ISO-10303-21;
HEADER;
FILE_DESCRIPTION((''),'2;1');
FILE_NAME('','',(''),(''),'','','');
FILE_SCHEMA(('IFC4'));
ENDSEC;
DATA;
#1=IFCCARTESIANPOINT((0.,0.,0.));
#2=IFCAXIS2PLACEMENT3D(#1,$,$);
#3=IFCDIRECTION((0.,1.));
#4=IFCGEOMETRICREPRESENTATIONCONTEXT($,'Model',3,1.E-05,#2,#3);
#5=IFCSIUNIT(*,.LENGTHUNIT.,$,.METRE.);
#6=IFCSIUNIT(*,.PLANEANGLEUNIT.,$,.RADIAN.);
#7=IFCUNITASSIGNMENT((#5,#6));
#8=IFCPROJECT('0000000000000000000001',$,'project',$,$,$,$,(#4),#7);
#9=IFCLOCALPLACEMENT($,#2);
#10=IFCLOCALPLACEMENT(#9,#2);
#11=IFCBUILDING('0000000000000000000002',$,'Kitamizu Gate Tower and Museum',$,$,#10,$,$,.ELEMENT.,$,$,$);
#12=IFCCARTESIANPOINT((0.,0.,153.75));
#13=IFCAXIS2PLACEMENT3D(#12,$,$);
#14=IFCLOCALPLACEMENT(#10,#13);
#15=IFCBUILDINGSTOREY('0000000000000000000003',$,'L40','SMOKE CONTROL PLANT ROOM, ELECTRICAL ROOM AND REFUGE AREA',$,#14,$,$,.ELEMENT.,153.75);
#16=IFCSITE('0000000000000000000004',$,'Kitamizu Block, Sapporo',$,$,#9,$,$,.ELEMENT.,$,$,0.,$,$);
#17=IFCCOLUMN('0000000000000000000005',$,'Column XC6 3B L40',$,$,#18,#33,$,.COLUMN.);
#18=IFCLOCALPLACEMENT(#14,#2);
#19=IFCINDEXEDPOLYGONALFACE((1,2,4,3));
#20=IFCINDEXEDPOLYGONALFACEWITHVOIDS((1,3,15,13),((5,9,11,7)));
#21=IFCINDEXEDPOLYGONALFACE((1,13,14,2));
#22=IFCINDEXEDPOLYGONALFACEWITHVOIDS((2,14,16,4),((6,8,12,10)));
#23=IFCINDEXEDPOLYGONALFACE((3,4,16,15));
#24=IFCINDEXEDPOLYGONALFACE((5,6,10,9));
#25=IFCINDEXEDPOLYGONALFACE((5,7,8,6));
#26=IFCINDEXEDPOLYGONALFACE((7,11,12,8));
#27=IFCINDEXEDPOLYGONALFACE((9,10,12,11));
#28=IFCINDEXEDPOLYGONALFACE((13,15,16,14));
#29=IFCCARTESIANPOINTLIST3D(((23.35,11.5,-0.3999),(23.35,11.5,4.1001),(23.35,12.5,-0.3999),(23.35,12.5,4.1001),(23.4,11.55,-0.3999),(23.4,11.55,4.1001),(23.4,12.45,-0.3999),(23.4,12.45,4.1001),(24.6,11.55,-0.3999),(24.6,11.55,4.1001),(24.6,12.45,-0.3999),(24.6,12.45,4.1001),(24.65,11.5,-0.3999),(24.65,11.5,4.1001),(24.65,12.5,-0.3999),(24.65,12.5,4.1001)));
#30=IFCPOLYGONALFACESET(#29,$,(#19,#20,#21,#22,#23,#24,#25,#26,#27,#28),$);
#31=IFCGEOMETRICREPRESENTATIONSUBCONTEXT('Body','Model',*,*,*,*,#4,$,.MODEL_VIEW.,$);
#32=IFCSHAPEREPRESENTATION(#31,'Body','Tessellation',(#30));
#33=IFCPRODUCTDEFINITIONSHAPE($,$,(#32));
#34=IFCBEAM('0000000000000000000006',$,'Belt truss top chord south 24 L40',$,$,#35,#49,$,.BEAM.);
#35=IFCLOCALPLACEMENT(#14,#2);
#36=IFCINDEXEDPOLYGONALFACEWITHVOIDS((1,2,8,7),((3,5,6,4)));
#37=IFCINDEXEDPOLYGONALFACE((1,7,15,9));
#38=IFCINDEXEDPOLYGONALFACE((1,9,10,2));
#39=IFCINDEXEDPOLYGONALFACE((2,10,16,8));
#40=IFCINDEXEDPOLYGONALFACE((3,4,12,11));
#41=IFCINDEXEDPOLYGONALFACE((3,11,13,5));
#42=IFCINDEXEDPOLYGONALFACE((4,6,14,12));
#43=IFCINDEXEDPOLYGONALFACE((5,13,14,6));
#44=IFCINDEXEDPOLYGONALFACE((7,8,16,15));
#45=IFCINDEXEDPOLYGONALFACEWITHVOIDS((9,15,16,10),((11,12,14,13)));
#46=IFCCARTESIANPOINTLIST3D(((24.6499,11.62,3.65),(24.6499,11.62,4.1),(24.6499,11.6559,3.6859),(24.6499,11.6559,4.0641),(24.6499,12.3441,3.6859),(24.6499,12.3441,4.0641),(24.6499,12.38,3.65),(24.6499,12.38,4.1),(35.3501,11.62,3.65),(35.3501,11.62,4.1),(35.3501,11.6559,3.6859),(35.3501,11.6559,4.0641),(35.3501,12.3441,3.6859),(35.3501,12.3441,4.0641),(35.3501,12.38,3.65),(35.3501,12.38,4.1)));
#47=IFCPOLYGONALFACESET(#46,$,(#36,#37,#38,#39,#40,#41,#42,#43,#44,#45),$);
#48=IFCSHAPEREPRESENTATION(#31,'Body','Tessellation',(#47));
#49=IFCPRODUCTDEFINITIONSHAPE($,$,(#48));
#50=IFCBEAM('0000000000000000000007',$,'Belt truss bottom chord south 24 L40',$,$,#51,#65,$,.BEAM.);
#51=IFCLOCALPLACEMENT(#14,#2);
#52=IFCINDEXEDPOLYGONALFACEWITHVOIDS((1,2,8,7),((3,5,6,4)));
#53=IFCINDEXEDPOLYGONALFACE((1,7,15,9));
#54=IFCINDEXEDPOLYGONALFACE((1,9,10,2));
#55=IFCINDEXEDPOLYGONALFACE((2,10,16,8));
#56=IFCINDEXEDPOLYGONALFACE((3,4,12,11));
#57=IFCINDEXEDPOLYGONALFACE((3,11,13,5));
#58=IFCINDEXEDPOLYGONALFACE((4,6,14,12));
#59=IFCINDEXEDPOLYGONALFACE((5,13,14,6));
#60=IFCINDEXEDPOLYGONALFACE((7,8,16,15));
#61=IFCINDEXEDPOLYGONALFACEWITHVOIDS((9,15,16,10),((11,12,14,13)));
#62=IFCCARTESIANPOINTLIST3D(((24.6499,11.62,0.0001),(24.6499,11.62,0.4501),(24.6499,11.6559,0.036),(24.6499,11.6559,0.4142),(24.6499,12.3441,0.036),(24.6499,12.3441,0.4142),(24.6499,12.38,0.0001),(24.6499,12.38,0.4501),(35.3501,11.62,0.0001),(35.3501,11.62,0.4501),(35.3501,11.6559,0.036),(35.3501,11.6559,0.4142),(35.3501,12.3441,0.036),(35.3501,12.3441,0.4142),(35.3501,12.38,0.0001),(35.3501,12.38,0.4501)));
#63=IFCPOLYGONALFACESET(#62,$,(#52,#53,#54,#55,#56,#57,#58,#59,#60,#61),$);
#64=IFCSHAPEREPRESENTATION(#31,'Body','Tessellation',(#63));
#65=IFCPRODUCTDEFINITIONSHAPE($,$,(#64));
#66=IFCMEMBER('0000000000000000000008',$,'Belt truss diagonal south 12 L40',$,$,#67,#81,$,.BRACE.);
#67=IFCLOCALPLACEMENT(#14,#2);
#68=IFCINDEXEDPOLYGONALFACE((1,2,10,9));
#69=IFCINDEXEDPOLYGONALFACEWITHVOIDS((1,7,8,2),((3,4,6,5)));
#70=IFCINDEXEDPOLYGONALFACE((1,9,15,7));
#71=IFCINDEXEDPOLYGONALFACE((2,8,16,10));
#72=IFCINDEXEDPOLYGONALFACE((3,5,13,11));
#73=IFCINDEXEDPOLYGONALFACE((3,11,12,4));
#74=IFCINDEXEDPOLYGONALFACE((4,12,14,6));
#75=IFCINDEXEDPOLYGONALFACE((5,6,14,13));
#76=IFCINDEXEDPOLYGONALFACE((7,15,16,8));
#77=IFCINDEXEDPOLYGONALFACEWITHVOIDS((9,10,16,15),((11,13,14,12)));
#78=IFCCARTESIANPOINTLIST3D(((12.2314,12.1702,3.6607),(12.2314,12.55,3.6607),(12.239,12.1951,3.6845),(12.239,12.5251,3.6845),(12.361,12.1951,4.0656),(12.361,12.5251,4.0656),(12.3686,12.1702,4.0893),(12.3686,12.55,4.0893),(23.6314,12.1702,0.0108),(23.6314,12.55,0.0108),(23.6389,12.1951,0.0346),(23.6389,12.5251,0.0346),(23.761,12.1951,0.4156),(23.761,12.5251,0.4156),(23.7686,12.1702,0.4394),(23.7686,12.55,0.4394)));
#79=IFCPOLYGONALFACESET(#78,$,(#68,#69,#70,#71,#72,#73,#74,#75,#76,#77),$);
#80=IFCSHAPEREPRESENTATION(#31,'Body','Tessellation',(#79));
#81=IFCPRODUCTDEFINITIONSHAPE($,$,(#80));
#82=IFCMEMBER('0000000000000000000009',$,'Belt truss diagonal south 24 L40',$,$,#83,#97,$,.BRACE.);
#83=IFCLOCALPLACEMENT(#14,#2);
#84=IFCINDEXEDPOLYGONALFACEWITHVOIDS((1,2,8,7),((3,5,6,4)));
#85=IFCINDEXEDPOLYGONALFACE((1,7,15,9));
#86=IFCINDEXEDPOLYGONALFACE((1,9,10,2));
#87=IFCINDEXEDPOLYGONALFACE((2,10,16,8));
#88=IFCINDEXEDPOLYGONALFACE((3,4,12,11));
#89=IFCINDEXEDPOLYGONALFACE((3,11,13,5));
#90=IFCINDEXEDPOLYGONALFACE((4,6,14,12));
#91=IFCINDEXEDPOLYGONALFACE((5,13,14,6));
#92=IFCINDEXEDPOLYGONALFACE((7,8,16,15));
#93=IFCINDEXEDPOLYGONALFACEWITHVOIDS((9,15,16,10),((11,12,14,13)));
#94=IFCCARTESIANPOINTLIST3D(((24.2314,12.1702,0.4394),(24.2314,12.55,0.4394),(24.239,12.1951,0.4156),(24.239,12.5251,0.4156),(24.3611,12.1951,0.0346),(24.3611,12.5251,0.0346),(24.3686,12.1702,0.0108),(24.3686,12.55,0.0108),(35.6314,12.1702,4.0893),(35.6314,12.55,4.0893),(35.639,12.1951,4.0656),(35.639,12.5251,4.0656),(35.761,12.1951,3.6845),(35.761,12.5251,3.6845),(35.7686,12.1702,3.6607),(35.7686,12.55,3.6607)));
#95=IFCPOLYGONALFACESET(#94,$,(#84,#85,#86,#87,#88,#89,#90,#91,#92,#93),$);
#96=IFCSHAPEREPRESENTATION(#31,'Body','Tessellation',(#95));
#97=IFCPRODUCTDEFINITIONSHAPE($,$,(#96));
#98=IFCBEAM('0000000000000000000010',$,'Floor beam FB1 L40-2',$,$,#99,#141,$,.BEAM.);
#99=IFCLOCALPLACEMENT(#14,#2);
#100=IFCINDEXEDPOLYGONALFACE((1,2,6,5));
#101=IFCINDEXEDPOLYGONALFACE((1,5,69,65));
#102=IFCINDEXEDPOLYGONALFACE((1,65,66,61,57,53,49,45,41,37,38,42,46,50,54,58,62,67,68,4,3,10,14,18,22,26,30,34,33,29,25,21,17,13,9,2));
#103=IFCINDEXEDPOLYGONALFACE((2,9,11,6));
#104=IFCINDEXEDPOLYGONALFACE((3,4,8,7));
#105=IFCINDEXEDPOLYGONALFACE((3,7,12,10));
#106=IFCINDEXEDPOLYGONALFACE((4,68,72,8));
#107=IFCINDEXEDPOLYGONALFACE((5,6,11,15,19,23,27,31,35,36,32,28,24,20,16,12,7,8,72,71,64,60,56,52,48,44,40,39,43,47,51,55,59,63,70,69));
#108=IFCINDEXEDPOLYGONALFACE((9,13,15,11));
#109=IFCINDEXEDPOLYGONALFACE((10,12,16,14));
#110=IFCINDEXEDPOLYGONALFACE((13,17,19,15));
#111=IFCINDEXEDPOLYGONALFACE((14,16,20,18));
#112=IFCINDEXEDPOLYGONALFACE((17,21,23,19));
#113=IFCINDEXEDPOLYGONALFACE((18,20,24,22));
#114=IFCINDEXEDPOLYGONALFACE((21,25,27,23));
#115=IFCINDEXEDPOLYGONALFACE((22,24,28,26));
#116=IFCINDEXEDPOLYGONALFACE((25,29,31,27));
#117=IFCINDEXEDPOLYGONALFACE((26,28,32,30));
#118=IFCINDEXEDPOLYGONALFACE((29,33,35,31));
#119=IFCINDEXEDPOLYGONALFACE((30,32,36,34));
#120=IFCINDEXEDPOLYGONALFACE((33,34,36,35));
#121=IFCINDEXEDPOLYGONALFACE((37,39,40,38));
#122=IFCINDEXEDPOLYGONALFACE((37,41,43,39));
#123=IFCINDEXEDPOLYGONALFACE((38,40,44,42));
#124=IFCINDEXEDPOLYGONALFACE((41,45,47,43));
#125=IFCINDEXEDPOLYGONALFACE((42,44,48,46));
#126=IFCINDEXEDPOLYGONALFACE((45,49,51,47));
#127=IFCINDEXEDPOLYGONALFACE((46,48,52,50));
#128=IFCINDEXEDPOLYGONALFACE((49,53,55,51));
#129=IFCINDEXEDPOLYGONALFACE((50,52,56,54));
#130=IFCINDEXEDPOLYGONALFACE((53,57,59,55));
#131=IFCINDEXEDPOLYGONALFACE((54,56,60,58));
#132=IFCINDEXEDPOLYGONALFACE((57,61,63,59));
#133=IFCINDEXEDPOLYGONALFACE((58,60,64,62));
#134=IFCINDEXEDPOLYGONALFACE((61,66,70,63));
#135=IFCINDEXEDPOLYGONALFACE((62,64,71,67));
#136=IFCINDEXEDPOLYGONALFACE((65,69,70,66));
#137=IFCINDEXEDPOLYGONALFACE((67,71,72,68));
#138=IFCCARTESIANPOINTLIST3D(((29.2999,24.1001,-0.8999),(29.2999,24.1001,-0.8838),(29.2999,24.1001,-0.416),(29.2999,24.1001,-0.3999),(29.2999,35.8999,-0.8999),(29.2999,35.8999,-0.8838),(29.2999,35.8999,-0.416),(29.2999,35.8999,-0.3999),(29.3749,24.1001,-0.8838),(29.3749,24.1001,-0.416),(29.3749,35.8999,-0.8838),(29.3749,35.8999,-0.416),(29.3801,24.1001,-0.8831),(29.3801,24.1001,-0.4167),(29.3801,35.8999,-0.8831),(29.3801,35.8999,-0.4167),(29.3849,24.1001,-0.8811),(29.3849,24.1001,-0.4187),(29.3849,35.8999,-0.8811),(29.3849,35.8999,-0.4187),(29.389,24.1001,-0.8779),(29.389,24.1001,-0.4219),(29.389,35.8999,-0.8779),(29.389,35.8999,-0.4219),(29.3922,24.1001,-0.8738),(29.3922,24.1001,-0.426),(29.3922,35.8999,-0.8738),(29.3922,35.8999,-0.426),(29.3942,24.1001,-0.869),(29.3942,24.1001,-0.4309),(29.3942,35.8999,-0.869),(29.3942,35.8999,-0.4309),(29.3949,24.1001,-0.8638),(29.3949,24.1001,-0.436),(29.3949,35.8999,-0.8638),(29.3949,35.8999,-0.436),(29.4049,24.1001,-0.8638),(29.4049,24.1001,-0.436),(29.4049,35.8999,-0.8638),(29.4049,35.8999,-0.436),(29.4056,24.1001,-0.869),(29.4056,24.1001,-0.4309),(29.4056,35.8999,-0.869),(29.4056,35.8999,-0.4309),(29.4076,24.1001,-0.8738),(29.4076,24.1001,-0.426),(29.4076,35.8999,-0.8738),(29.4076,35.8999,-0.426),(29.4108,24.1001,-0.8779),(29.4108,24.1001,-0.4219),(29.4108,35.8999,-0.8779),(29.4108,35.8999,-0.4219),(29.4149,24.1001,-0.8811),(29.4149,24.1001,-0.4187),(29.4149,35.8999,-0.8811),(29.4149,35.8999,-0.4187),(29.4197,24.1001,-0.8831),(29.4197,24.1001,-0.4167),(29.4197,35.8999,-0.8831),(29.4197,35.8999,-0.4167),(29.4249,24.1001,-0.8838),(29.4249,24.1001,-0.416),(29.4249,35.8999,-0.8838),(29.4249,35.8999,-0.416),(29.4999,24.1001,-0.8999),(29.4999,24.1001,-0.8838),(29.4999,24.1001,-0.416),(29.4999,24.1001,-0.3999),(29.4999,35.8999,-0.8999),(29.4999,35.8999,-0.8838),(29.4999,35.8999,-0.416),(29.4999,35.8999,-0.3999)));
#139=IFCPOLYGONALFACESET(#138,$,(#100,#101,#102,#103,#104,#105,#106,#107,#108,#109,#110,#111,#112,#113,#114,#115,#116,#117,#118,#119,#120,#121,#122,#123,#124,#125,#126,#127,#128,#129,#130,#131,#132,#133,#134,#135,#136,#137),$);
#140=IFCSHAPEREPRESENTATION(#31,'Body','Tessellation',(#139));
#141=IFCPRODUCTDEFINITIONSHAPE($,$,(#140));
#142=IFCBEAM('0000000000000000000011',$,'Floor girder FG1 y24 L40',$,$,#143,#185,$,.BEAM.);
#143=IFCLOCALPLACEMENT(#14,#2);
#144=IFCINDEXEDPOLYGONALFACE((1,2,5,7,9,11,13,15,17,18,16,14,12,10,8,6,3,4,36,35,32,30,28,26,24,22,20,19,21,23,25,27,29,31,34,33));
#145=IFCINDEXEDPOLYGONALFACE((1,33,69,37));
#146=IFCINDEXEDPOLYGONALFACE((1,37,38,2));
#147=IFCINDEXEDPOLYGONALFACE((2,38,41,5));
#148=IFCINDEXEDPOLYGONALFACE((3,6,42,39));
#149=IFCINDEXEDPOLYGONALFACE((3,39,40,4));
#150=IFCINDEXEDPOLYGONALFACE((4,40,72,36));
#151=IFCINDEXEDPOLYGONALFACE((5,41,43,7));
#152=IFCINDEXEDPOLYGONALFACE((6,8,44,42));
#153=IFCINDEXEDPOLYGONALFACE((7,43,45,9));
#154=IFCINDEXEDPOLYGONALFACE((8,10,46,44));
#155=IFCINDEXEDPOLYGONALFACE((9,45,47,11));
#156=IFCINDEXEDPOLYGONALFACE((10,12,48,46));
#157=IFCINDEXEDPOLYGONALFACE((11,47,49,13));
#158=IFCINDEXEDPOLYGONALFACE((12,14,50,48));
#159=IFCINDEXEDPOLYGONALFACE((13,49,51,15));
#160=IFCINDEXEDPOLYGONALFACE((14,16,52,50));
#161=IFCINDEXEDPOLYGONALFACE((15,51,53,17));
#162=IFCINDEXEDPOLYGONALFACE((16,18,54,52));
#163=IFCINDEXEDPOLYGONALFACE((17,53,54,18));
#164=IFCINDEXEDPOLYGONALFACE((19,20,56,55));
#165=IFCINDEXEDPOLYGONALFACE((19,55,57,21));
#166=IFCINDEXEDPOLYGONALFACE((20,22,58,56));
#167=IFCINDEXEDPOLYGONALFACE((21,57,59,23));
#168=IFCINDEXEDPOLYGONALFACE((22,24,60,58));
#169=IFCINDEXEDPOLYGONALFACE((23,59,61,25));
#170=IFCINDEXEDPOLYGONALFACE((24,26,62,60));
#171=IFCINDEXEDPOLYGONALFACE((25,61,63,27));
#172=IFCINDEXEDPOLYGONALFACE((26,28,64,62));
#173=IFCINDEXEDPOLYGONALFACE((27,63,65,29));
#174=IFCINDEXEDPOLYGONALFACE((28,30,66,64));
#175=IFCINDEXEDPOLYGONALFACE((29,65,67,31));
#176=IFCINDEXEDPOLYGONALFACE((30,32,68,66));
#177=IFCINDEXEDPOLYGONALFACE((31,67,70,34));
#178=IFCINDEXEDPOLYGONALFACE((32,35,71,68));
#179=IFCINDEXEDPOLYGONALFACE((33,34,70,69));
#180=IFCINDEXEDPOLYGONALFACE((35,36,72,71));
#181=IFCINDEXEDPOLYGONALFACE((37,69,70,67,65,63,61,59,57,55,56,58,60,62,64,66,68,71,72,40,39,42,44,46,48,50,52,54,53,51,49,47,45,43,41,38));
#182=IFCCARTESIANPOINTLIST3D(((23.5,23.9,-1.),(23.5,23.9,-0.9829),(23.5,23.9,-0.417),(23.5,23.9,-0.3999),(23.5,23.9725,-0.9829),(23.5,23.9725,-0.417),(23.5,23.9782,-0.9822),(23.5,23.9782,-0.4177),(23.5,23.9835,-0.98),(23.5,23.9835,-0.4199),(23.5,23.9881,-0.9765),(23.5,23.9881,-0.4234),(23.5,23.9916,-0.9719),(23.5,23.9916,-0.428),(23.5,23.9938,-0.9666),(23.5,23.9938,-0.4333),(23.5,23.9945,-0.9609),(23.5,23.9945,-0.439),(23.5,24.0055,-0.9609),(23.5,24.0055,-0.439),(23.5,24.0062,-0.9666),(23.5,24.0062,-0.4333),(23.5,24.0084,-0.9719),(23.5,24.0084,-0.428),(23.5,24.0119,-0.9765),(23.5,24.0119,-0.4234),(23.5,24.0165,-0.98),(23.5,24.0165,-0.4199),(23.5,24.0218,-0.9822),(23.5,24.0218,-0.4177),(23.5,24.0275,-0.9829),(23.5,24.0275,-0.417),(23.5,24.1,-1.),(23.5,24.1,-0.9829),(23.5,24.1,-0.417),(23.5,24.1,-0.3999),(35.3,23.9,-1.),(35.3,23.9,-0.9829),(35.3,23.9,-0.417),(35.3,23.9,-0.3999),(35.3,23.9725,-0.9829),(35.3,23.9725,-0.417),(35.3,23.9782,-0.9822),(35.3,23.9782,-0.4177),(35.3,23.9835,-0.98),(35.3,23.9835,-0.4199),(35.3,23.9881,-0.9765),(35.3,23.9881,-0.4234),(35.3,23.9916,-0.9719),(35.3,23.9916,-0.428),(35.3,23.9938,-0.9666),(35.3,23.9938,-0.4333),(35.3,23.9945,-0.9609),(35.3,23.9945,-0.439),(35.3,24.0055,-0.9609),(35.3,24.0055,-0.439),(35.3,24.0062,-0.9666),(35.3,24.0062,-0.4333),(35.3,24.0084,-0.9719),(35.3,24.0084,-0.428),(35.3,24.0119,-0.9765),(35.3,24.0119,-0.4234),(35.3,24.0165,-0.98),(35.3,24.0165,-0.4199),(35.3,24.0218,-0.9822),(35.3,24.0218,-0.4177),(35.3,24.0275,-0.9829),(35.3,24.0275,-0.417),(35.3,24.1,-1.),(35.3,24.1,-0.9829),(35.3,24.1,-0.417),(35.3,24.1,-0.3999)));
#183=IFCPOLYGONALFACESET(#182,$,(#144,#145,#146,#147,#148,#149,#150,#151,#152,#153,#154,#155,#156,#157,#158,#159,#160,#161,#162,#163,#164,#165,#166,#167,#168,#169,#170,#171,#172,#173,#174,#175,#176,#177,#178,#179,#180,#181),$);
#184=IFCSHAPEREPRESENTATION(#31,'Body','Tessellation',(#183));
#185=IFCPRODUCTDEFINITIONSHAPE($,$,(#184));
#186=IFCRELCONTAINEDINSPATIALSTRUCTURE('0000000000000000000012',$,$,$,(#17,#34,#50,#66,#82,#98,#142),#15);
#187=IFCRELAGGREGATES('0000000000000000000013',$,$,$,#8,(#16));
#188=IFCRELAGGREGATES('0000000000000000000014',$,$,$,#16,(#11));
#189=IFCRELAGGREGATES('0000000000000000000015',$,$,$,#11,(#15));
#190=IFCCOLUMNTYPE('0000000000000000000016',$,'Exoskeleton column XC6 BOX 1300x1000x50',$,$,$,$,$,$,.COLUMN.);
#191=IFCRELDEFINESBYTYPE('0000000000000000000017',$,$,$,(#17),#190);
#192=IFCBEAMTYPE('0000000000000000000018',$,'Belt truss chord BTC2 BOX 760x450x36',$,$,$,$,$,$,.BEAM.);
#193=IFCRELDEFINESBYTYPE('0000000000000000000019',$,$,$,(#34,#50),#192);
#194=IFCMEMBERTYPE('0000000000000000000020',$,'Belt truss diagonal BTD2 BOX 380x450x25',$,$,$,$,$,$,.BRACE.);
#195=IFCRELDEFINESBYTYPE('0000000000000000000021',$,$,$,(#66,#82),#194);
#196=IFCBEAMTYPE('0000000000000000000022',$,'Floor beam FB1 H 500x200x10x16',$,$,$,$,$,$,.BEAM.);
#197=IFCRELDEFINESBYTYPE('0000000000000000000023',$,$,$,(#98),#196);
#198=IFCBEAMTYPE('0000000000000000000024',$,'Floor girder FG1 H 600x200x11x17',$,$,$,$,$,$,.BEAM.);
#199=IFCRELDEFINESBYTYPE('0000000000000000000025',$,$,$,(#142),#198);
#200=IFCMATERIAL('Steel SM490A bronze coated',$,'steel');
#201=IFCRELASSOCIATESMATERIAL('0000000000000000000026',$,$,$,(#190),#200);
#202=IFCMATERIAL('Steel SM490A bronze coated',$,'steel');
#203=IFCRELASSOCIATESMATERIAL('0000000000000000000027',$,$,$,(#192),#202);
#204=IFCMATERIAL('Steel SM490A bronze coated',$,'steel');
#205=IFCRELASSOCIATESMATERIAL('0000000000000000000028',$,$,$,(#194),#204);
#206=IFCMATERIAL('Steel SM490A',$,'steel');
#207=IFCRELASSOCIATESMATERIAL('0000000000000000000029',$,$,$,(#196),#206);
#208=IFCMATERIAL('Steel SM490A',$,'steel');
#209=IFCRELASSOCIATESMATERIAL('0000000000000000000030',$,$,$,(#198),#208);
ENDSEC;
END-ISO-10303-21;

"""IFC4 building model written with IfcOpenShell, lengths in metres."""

from ifc_helpers import new_model, si_unit, direction, frame, origin, origin_2d, place, context, subcontext, project, spatial, hollow_rectangle, i_section, extrude, material, material_profile, profile_set, type_object, element, save


model = new_model("IFC4")

# Units and contexts
model_context = context("Model", 3, precision=1e-05, world=origin(), true_north=direction((0.0, 1.0)))
body_context = subcontext(model_context, "Body", "Model", "MODEL_VIEW")
ifc_project = project(units=[si_unit("LENGTHUNIT", "METRE"), si_unit("PLANEANGLEUNIT", "RADIAN")], contexts=[model_context])

# Site, building, storey
site_placement = place(None, origin())
site = spatial("IfcSite", under=ifc_project, at=site_placement, Name="Kitamizu Block, Sapporo", CompositionType="ELEMENT", RefElevation=0.0)
building_placement = place(site_placement, origin())
building = spatial("IfcBuilding", under=site, at=building_placement, Name="Kitamizu Gate Tower and Museum", CompositionType="ELEMENT")
storey_placement = place(building_placement, frame((0.0, 0.0, 153.75)))
storey = spatial("IfcBuildingStorey", under=building, at=storey_placement, Name="L40", Description="SMOKE CONTROL PLANT ROOM, ELECTRICAL ROOM AND REFUGE AREA", CompositionType="ELEMENT", Elevation=153.75)

# Column
ifc_material_1 = material(Name="Steel SM490A bronze coated", Category="steel")
ifc_material_profile_1 = material_profile(ifc_material_1, hollow_rectangle(XDim=1.3, YDim=1.0, WallThickness=0.05, at=origin_2d()), Name="BOX 1300x1000x50")
ifc_profile_set_1 = profile_set([ifc_material_profile_1], Name="Steel SM490A bronze coated")
column_type = type_object("IfcColumnType", Name="Exoskeleton column XC6 BOX 1300x1000x50", PredefinedType="COLUMN", material=ifc_profile_set_1)
column_placement = place(storey_placement, frame((24.0, 12.0, -0.3999), z_axis=(0.0, 0.0, 1.0), x_axis=(1.0, 0.0, 0.0)))
element("IfcColumn", 1, at=column_placement, inside=storey, type_object=column_type, Name="Column XC6 3B L40", PredefinedType="COLUMN", context=body_context, shape_type="SweptSolid", body=[
    extrude(hollow_rectangle(XDim=1.3, YDim=1.0, WallThickness=0.05, at=origin_2d()), origin(), (0.0, 0.0, 1.0), 4.5),
])

# Beams
ifc_material_2 = material(Name="Steel SM490A bronze coated", Category="steel")
ifc_material_profile_2 = material_profile(ifc_material_2, hollow_rectangle(XDim=0.76, YDim=0.45, WallThickness=0.0359, at=origin_2d()), Name="BOX 760x450x36")
ifc_profile_set_2 = profile_set([ifc_material_profile_2], Name="Steel SM490A bronze coated")
beam_type_1 = type_object("IfcBeamType", Name="Belt truss chord BTC2 BOX 760x450x36", PredefinedType="BEAM", material=ifc_profile_set_2)
for number, where, z_axis, x_axis, name in (
    (2, (24.6499, 12.0, 3.875), (1.0, 0.0, 0.0), (0.0, 1.0, 0.0), "Belt truss top chord south 24 L40"),
    (3, (24.6499, 12.0, 0.2251), (1.0, 0.0, 0.0), (0.0, 1.0, 0.0), "Belt truss bottom chord south 24 L40"),
):
    element("IfcBeam", number, at=place(storey_placement, frame(where, z_axis=z_axis, x_axis=x_axis)), inside=storey, type_object=beam_type_1, Name=name, PredefinedType="BEAM", context=body_context, shape_type="SweptSolid", body=[
        extrude(hollow_rectangle(XDim=0.76, YDim=0.45, WallThickness=0.0359, at=origin_2d()), origin(), (0.0, 0.0, 1.0), 10.7002),
    ])

# Members
ifc_material_3 = material(Name="Steel SM490A bronze coated", Category="steel")
ifc_material_profile_3 = material_profile(ifc_material_3, hollow_rectangle(XDim=0.3799, YDim=0.45, WallThickness=0.0249, at=origin_2d()), Name="BOX 380x450x25")
ifc_profile_set_3 = profile_set([ifc_material_profile_3], Name="Steel SM490A bronze coated")
member_type = type_object("IfcMemberType", Name="Belt truss diagonal BTD2 BOX 380x450x25", PredefinedType="BRACE", material=ifc_profile_set_3)
for number, where, z_axis, x_axis, name in (
    (4, (23.7, 12.3601, 0.2251), (-0.952377, 0.0, 0.304922), (0.0, -1.0, 0.0), "Belt truss diagonal south 12 L40"),
    (5, (24.3, 12.3601, 0.2251), (0.952377, 0.0, 0.304922), (0.0, 1.0, 0.0), "Belt truss diagonal south 24 L40"),
):
    element("IfcMember", number, at=place(storey_placement, frame(where, z_axis=z_axis, x_axis=x_axis)), inside=storey, type_object=member_type, Name=name, PredefinedType="BRACE", context=body_context, shape_type="SweptSolid", body=[
        extrude(hollow_rectangle(XDim=0.3799, YDim=0.45, WallThickness=0.0249, at=origin_2d()), origin(), (0.0, 0.0, 1.0), 11.97),
    ])

# Beams
ifc_material_4 = material(Name="Steel SM490A", Category="steel")
ifc_material_profile_4 = material_profile(ifc_material_4, i_section(OverallWidth=0.2, OverallDepth=0.5, WebThickness=0.01, FlangeThickness=0.0161, FilletRadius=0.02, at=origin_2d()), Name="H-500x200x10x16")
ifc_profile_set_4 = profile_set([ifc_material_profile_4], Name="Steel SM490A")
beam_type_2 = type_object("IfcBeamType", Name="Floor beam FB1 H 500x200x10x16", PredefinedType="BEAM", material=ifc_profile_set_4)
beam_1_placement = place(storey_placement, frame((29.3999, 24.1001, -0.6499), z_axis=(0.0, 1.0, 0.0), x_axis=(-1.0, 0.0, 0.0)))
element("IfcBeam", 6, at=beam_1_placement, inside=storey, type_object=beam_type_2, Name="Floor beam FB1 L40-2", PredefinedType="BEAM", context=body_context, shape_type="SweptSolid", body=[
    extrude(i_section(OverallWidth=0.2, OverallDepth=0.5, WebThickness=0.01, FlangeThickness=0.0161, FilletRadius=0.02, at=origin_2d()), origin(), (0.0, 0.0, 1.0), 11.7998),
])
ifc_material_5 = material(Name="Steel SM490A", Category="steel")
ifc_material_profile_5 = material_profile(ifc_material_5, i_section(OverallWidth=0.2, OverallDepth=0.6001, WebThickness=0.011, FlangeThickness=0.0171, FilletRadius=0.022, at=origin_2d()), Name="H-600x200x11x17")
ifc_profile_set_5 = profile_set([ifc_material_profile_5], Name="Steel SM490A")
beam_type_3 = type_object("IfcBeamType", Name="Floor girder FG1 H 600x200x11x17", PredefinedType="BEAM", material=ifc_profile_set_5)
beam_2_placement = place(storey_placement, frame((23.5, 24.0, -0.7), z_axis=(1.0, 0.0, 0.0), x_axis=(0.0, 1.0, 0.0)))
element("IfcBeam", 7, at=beam_2_placement, inside=storey, type_object=beam_type_3, Name="Floor girder FG1 y24 L40", PredefinedType="BEAM", context=body_context, shape_type="SweptSolid", body=[
    extrude(i_section(OverallWidth=0.2, OverallDepth=0.6001, WebThickness=0.011, FlangeThickness=0.0171, FilletRadius=0.022, at=origin_2d()), origin(), (0.0, 0.0, 1.0), 11.8),
])

save(model, "model.ifc")
